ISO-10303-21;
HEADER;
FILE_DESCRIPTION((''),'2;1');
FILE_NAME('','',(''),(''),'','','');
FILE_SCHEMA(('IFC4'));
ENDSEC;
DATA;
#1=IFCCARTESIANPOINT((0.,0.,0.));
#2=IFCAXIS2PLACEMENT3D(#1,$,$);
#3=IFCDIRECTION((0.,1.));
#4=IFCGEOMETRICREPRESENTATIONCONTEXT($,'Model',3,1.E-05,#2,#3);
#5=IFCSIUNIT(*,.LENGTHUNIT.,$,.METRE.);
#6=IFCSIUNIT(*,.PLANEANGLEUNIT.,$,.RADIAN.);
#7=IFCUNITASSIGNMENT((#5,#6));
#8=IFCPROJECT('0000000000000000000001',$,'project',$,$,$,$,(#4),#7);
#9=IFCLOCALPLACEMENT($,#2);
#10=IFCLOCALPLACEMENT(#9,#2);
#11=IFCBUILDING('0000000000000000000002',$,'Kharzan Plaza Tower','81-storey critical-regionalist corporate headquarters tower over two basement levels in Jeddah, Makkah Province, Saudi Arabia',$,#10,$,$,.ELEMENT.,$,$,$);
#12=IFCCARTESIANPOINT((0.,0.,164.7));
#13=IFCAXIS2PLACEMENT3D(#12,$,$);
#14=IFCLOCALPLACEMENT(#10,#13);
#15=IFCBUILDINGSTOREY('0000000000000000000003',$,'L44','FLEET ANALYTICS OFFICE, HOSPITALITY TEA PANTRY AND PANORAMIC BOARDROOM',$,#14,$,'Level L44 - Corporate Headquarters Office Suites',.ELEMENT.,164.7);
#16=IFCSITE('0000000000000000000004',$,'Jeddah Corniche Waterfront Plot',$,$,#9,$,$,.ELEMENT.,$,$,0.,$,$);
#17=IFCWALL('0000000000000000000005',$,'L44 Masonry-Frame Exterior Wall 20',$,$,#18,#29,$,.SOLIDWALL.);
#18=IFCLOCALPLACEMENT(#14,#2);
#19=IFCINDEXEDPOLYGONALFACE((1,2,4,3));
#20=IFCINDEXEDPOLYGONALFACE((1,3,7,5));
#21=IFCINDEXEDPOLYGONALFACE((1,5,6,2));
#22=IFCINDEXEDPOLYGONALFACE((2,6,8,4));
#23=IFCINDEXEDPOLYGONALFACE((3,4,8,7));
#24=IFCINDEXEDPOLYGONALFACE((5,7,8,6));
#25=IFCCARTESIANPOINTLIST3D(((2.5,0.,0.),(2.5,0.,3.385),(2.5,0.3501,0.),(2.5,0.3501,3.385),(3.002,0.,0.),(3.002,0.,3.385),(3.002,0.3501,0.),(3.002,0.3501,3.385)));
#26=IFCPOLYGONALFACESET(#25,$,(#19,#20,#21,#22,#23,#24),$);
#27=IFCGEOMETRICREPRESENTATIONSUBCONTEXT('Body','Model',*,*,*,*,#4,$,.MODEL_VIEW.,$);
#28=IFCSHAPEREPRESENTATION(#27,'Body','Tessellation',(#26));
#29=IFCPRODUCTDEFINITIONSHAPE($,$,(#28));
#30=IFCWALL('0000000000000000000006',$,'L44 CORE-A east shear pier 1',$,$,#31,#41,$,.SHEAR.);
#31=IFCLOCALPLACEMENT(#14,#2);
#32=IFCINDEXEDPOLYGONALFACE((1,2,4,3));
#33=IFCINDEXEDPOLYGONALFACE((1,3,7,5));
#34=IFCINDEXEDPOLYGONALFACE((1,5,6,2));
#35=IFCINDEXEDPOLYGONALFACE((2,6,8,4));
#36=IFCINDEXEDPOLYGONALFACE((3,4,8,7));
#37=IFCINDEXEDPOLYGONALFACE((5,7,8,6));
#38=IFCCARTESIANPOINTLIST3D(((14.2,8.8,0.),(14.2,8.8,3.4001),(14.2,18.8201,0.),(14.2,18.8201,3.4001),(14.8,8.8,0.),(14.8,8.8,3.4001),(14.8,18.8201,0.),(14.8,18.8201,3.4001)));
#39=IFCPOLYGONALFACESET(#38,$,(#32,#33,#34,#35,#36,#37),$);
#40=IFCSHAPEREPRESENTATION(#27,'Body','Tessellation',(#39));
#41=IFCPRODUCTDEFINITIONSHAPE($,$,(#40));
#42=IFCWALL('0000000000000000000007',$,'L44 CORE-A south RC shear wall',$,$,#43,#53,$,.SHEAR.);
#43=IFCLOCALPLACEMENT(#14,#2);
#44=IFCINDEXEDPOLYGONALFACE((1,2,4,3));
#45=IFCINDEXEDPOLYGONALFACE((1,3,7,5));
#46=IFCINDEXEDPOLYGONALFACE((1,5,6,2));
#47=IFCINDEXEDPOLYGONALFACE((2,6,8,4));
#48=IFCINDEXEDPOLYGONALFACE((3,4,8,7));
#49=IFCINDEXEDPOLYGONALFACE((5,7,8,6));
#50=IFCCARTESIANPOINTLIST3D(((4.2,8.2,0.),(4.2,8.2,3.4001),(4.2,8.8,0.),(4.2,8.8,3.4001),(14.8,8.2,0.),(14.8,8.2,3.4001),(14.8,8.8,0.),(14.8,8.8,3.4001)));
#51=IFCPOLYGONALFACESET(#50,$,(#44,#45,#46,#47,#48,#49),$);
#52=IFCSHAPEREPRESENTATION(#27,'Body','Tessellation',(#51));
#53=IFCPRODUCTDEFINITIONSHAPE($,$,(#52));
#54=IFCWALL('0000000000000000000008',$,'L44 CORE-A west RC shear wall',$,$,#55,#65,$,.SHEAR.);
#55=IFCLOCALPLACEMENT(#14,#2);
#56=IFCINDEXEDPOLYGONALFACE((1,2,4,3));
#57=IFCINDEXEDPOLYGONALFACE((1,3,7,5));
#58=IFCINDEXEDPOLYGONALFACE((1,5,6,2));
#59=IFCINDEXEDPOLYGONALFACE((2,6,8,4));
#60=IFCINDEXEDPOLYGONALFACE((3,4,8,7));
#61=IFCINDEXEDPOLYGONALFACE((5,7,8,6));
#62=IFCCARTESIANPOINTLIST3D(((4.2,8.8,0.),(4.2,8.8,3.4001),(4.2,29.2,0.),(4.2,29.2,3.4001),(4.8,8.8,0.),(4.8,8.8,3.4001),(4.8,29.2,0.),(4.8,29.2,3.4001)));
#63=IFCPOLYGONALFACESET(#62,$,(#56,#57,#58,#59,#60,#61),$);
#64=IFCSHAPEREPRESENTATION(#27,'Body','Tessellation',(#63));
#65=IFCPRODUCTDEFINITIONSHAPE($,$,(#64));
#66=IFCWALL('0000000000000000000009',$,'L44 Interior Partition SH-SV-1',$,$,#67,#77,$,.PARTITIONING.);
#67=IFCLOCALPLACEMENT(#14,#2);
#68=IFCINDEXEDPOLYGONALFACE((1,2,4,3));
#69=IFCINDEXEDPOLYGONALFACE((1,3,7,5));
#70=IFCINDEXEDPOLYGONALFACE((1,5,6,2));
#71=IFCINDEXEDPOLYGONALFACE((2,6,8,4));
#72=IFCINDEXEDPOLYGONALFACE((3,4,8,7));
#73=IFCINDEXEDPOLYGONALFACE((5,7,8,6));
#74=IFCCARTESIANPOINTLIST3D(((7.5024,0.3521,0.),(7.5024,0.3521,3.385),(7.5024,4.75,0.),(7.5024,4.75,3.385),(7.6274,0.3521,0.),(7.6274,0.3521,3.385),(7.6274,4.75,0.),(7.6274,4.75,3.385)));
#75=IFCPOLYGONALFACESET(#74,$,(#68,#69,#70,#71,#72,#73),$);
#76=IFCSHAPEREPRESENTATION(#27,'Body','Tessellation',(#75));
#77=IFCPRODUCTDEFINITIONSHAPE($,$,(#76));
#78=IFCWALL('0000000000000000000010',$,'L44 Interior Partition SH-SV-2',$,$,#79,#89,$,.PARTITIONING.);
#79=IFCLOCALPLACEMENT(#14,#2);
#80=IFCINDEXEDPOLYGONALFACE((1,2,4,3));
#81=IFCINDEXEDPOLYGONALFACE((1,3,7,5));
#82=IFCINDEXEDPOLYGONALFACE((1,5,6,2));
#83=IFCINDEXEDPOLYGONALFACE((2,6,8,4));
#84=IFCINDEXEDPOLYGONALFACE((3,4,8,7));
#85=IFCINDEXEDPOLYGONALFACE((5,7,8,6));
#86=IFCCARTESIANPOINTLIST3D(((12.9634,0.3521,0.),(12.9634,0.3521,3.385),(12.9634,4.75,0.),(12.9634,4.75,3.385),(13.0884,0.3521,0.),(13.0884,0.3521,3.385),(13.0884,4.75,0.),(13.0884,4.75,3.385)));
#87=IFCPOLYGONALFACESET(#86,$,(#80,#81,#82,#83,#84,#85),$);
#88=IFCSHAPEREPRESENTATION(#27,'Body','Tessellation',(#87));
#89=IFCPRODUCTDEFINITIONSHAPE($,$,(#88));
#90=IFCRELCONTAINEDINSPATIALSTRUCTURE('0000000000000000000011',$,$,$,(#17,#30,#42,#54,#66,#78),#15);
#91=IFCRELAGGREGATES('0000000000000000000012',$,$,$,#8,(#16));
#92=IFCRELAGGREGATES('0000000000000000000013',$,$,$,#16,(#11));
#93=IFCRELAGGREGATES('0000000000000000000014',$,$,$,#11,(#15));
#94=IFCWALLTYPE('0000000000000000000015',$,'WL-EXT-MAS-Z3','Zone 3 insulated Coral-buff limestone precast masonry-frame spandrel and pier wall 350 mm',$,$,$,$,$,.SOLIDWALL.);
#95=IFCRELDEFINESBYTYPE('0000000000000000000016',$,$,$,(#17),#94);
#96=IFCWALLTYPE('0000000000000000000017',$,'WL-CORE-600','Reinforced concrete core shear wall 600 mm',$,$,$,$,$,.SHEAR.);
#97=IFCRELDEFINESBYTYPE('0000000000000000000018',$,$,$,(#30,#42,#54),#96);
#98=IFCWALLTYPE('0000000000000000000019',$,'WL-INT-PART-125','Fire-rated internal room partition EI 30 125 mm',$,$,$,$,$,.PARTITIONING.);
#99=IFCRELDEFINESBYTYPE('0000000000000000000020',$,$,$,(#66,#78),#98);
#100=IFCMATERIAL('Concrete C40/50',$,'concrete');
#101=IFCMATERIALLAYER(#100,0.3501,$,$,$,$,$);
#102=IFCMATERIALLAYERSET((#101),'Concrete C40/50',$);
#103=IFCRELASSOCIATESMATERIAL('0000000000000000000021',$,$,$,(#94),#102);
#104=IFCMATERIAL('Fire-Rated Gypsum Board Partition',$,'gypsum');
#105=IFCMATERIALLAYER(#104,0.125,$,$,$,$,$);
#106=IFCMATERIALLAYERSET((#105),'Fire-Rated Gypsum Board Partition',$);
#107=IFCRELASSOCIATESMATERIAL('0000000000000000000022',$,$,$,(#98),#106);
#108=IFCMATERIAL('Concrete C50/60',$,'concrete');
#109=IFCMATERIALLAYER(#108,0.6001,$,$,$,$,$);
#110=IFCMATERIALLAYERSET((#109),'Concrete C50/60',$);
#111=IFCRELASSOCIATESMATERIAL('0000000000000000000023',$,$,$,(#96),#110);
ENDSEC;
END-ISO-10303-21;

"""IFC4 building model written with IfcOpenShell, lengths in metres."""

from ifc_helpers import new_model, si_unit, direction, frame, frame_2d, origin, place, context, subcontext, project, spatial, rectangle, extrude, source, transform, mapped, material, layer, layer_set, type_object, element, save


model = new_model("IFC4")

# Units and contexts
model_context = context("Model", 3, precision=1e-05, world=origin(), true_north=direction((0.0, 1.0)))
body_context = subcontext(model_context, "Body", "Model", "MODEL_VIEW")
ifc_project = project(units=[si_unit("LENGTHUNIT", "METRE"), si_unit("PLANEANGLEUNIT", "RADIAN")], contexts=[model_context])

# Site, building, storey
site_placement = place(None, origin())
site = spatial("IfcSite", under=ifc_project, at=site_placement, Name="Jeddah Corniche Waterfront Plot", CompositionType="ELEMENT", RefElevation=0.0)
building_placement = place(site_placement, origin())
building = spatial("IfcBuilding", under=site, at=building_placement, Name="Kharzan Plaza Tower", Description="81-storey critical-regionalist corporate headquarters tower over two basement levels in Jeddah, Makkah Province, Saudi Arabia", CompositionType="ELEMENT")
storey_placement = place(building_placement, frame((0.0, 0.0, 164.7)))
storey = spatial("IfcBuildingStorey", under=building, at=storey_placement, Name="L44", Description="FLEET ANALYTICS OFFICE, HOSPITALITY TEA PANTRY AND PANORAMIC BOARDROOM", LongName="Level L44 - Corporate Headquarters Office Suites", CompositionType="ELEMENT", Elevation=164.7)

# Shared definitions
ifc_material_1 = material(Name="Concrete C50/60", Category="concrete")

# Shared definitions
ifc_material_2 = material(Name="Concrete C40/50", Category="concrete")
ifc_layer_1 = layer(ifc_material_2, 0.3501)
ifc_layer_set_1 = layer_set([ifc_layer_1], Name="Concrete C40/50")
wall_type_1 = type_object("IfcWallType", Name="WL-EXT-MAS-Z3", Description="Zone 3 insulated Coral-buff limestone precast masonry-frame spandrel and pier wall 350 mm", PredefinedType="SOLIDWALL", material=ifc_layer_set_1)

# Shared definitions
ifc_material_3 = material(Name="Fire-Rated Gypsum Board Partition", Category="gypsum")
ifc_layer_2 = layer(ifc_material_3, 0.125)
ifc_layer_set_2 = layer_set([ifc_layer_2], Name="Fire-Rated Gypsum Board Partition")
wall_type_2 = type_object("IfcWallType", Name="WL-INT-PART-125", Description="Fire-rated internal room partition EI 30 125 mm", PredefinedType="PARTITIONING", material=ifc_layer_set_2)

# Walls
shared_shape_1 = source(origin(), body_context, "Body", "SweptSolid", [
    extrude(rectangle(XDim=0.502, YDim=0.3501, at=frame_2d((0.251, 0.0))), origin(), (0.0, 0.0, 1.0), 3.385),
])
wall_1_placement = place(storey_placement, frame((2.5, 0.175, 0.0), z_axis=(0.0, 0.0, 1.0), x_axis=(1.0, 0.0, 0.0)))
element("IfcWall", 1, at=wall_1_placement, inside=storey, type_object=wall_type_1, Name="L44 Masonry-Frame Exterior Wall 20", PredefinedType="SOLIDWALL", context=body_context, shape_type="MappedRepresentation", body=[
    mapped(shared_shape_1, transform((0.0, 0.0, 0.0), x_axis=(1.0, 0.0, 0.0), y_axis=(0.0, 1.0, 0.0), z_axis=(0.0, 0.0, 1.0))),
])
ifc_layer_3 = layer(ifc_material_1, 0.6001)
ifc_layer_set_3 = layer_set([ifc_layer_3], Name="Concrete C50/60")
wall_type_3 = type_object("IfcWallType", Name="WL-CORE-600", Description="Reinforced concrete core shear wall 600 mm", PredefinedType="SHEAR", material=ifc_layer_set_3)
shared_shape_2 = source(origin(), body_context, "Body", "SweptSolid", [
    extrude(rectangle(XDim=10.02, YDim=0.6001, at=frame_2d((5.01, 0.0))), origin(), (0.0, 0.0, 1.0), 3.4001),
])
wall_2_placement = place(storey_placement, frame((14.5, 8.8, 0.0), z_axis=(0.0, 0.0, 1.0), x_axis=(0.0, 1.0, 0.0)))
element("IfcWall", 2, at=wall_2_placement, inside=storey, type_object=wall_type_3, Name="L44 CORE-A east shear pier 1", PredefinedType="SHEAR", context=body_context, shape_type="MappedRepresentation", body=[
    mapped(shared_shape_2, transform((0.0, 0.0, 0.0), x_axis=(1.0, 0.0, 0.0), y_axis=(0.0, 1.0, 0.0), z_axis=(0.0, 0.0, 1.0))),
])
shared_shape_3 = source(origin(), body_context, "Body", "SweptSolid", [
    extrude(rectangle(XDim=10.6001, YDim=0.6001, at=frame_2d((5.3, 0.0))), origin(), (0.0, 0.0, 1.0), 3.4001),
])
wall_3_placement = place(storey_placement, frame((4.2, 8.5, 0.0), z_axis=(0.0, 0.0, 1.0), x_axis=(1.0, 0.0, 0.0)))
element("IfcWall", 3, at=wall_3_placement, inside=storey, type_object=wall_type_3, Name="L44 CORE-A south RC shear wall", PredefinedType="SHEAR", context=body_context, shape_type="MappedRepresentation", body=[
    mapped(shared_shape_3, transform((0.0, 0.0, 0.0), x_axis=(1.0, 0.0, 0.0), y_axis=(0.0, 1.0, 0.0), z_axis=(0.0, 0.0, 1.0))),
])
shared_shape_4 = source(origin(), body_context, "Body", "SweptSolid", [
    extrude(rectangle(XDim=20.3999, YDim=0.6001, at=frame_2d((10.2, 0.0))), origin(), (0.0, 0.0, 1.0), 3.4001),
])
wall_4_placement = place(storey_placement, frame((4.5, 8.8, 0.0), z_axis=(0.0, 0.0, 1.0), x_axis=(0.0, 1.0, 0.0)))
element("IfcWall", 4, at=wall_4_placement, inside=storey, type_object=wall_type_3, Name="L44 CORE-A west RC shear wall", PredefinedType="SHEAR", context=body_context, shape_type="MappedRepresentation", body=[
    mapped(shared_shape_4, transform((0.0, 0.0, 0.0), x_axis=(1.0, 0.0, 0.0), y_axis=(0.0, 1.0, 0.0), z_axis=(0.0, 0.0, 1.0))),
])
shared_shape_5 = source(origin(), body_context, "Body", "SweptSolid", [
    extrude(rectangle(XDim=4.3979, YDim=0.125, at=frame_2d((2.199, 0.0))), origin(), (0.0, 0.0, 1.0), 3.385),
])
for number, where, z_axis, x_axis, name in (
    (5, (7.5649, 0.3521, 0.0), (0.0, 0.0, 1.0), (0.0, 1.0, 0.0), "L44 Interior Partition SH-SV-1"),
    (6, (13.0259, 0.3521, 0.0), (0.0, 0.0, 1.0), (0.0, 1.0, 0.0), "L44 Interior Partition SH-SV-2"),
):
    element("IfcWall", number, at=place(storey_placement, frame(where, z_axis=z_axis, x_axis=x_axis)), inside=storey, type_object=wall_type_2, Name=name, PredefinedType="PARTITIONING", context=body_context, shape_type="MappedRepresentation", body=[
        mapped(shared_shape_5, transform((0.0, 0.0, 0.0), x_axis=(1.0, 0.0, 0.0), y_axis=(0.0, 1.0, 0.0), z_axis=(0.0, 0.0, 1.0))),
    ])

save(model, "model.ifc")
